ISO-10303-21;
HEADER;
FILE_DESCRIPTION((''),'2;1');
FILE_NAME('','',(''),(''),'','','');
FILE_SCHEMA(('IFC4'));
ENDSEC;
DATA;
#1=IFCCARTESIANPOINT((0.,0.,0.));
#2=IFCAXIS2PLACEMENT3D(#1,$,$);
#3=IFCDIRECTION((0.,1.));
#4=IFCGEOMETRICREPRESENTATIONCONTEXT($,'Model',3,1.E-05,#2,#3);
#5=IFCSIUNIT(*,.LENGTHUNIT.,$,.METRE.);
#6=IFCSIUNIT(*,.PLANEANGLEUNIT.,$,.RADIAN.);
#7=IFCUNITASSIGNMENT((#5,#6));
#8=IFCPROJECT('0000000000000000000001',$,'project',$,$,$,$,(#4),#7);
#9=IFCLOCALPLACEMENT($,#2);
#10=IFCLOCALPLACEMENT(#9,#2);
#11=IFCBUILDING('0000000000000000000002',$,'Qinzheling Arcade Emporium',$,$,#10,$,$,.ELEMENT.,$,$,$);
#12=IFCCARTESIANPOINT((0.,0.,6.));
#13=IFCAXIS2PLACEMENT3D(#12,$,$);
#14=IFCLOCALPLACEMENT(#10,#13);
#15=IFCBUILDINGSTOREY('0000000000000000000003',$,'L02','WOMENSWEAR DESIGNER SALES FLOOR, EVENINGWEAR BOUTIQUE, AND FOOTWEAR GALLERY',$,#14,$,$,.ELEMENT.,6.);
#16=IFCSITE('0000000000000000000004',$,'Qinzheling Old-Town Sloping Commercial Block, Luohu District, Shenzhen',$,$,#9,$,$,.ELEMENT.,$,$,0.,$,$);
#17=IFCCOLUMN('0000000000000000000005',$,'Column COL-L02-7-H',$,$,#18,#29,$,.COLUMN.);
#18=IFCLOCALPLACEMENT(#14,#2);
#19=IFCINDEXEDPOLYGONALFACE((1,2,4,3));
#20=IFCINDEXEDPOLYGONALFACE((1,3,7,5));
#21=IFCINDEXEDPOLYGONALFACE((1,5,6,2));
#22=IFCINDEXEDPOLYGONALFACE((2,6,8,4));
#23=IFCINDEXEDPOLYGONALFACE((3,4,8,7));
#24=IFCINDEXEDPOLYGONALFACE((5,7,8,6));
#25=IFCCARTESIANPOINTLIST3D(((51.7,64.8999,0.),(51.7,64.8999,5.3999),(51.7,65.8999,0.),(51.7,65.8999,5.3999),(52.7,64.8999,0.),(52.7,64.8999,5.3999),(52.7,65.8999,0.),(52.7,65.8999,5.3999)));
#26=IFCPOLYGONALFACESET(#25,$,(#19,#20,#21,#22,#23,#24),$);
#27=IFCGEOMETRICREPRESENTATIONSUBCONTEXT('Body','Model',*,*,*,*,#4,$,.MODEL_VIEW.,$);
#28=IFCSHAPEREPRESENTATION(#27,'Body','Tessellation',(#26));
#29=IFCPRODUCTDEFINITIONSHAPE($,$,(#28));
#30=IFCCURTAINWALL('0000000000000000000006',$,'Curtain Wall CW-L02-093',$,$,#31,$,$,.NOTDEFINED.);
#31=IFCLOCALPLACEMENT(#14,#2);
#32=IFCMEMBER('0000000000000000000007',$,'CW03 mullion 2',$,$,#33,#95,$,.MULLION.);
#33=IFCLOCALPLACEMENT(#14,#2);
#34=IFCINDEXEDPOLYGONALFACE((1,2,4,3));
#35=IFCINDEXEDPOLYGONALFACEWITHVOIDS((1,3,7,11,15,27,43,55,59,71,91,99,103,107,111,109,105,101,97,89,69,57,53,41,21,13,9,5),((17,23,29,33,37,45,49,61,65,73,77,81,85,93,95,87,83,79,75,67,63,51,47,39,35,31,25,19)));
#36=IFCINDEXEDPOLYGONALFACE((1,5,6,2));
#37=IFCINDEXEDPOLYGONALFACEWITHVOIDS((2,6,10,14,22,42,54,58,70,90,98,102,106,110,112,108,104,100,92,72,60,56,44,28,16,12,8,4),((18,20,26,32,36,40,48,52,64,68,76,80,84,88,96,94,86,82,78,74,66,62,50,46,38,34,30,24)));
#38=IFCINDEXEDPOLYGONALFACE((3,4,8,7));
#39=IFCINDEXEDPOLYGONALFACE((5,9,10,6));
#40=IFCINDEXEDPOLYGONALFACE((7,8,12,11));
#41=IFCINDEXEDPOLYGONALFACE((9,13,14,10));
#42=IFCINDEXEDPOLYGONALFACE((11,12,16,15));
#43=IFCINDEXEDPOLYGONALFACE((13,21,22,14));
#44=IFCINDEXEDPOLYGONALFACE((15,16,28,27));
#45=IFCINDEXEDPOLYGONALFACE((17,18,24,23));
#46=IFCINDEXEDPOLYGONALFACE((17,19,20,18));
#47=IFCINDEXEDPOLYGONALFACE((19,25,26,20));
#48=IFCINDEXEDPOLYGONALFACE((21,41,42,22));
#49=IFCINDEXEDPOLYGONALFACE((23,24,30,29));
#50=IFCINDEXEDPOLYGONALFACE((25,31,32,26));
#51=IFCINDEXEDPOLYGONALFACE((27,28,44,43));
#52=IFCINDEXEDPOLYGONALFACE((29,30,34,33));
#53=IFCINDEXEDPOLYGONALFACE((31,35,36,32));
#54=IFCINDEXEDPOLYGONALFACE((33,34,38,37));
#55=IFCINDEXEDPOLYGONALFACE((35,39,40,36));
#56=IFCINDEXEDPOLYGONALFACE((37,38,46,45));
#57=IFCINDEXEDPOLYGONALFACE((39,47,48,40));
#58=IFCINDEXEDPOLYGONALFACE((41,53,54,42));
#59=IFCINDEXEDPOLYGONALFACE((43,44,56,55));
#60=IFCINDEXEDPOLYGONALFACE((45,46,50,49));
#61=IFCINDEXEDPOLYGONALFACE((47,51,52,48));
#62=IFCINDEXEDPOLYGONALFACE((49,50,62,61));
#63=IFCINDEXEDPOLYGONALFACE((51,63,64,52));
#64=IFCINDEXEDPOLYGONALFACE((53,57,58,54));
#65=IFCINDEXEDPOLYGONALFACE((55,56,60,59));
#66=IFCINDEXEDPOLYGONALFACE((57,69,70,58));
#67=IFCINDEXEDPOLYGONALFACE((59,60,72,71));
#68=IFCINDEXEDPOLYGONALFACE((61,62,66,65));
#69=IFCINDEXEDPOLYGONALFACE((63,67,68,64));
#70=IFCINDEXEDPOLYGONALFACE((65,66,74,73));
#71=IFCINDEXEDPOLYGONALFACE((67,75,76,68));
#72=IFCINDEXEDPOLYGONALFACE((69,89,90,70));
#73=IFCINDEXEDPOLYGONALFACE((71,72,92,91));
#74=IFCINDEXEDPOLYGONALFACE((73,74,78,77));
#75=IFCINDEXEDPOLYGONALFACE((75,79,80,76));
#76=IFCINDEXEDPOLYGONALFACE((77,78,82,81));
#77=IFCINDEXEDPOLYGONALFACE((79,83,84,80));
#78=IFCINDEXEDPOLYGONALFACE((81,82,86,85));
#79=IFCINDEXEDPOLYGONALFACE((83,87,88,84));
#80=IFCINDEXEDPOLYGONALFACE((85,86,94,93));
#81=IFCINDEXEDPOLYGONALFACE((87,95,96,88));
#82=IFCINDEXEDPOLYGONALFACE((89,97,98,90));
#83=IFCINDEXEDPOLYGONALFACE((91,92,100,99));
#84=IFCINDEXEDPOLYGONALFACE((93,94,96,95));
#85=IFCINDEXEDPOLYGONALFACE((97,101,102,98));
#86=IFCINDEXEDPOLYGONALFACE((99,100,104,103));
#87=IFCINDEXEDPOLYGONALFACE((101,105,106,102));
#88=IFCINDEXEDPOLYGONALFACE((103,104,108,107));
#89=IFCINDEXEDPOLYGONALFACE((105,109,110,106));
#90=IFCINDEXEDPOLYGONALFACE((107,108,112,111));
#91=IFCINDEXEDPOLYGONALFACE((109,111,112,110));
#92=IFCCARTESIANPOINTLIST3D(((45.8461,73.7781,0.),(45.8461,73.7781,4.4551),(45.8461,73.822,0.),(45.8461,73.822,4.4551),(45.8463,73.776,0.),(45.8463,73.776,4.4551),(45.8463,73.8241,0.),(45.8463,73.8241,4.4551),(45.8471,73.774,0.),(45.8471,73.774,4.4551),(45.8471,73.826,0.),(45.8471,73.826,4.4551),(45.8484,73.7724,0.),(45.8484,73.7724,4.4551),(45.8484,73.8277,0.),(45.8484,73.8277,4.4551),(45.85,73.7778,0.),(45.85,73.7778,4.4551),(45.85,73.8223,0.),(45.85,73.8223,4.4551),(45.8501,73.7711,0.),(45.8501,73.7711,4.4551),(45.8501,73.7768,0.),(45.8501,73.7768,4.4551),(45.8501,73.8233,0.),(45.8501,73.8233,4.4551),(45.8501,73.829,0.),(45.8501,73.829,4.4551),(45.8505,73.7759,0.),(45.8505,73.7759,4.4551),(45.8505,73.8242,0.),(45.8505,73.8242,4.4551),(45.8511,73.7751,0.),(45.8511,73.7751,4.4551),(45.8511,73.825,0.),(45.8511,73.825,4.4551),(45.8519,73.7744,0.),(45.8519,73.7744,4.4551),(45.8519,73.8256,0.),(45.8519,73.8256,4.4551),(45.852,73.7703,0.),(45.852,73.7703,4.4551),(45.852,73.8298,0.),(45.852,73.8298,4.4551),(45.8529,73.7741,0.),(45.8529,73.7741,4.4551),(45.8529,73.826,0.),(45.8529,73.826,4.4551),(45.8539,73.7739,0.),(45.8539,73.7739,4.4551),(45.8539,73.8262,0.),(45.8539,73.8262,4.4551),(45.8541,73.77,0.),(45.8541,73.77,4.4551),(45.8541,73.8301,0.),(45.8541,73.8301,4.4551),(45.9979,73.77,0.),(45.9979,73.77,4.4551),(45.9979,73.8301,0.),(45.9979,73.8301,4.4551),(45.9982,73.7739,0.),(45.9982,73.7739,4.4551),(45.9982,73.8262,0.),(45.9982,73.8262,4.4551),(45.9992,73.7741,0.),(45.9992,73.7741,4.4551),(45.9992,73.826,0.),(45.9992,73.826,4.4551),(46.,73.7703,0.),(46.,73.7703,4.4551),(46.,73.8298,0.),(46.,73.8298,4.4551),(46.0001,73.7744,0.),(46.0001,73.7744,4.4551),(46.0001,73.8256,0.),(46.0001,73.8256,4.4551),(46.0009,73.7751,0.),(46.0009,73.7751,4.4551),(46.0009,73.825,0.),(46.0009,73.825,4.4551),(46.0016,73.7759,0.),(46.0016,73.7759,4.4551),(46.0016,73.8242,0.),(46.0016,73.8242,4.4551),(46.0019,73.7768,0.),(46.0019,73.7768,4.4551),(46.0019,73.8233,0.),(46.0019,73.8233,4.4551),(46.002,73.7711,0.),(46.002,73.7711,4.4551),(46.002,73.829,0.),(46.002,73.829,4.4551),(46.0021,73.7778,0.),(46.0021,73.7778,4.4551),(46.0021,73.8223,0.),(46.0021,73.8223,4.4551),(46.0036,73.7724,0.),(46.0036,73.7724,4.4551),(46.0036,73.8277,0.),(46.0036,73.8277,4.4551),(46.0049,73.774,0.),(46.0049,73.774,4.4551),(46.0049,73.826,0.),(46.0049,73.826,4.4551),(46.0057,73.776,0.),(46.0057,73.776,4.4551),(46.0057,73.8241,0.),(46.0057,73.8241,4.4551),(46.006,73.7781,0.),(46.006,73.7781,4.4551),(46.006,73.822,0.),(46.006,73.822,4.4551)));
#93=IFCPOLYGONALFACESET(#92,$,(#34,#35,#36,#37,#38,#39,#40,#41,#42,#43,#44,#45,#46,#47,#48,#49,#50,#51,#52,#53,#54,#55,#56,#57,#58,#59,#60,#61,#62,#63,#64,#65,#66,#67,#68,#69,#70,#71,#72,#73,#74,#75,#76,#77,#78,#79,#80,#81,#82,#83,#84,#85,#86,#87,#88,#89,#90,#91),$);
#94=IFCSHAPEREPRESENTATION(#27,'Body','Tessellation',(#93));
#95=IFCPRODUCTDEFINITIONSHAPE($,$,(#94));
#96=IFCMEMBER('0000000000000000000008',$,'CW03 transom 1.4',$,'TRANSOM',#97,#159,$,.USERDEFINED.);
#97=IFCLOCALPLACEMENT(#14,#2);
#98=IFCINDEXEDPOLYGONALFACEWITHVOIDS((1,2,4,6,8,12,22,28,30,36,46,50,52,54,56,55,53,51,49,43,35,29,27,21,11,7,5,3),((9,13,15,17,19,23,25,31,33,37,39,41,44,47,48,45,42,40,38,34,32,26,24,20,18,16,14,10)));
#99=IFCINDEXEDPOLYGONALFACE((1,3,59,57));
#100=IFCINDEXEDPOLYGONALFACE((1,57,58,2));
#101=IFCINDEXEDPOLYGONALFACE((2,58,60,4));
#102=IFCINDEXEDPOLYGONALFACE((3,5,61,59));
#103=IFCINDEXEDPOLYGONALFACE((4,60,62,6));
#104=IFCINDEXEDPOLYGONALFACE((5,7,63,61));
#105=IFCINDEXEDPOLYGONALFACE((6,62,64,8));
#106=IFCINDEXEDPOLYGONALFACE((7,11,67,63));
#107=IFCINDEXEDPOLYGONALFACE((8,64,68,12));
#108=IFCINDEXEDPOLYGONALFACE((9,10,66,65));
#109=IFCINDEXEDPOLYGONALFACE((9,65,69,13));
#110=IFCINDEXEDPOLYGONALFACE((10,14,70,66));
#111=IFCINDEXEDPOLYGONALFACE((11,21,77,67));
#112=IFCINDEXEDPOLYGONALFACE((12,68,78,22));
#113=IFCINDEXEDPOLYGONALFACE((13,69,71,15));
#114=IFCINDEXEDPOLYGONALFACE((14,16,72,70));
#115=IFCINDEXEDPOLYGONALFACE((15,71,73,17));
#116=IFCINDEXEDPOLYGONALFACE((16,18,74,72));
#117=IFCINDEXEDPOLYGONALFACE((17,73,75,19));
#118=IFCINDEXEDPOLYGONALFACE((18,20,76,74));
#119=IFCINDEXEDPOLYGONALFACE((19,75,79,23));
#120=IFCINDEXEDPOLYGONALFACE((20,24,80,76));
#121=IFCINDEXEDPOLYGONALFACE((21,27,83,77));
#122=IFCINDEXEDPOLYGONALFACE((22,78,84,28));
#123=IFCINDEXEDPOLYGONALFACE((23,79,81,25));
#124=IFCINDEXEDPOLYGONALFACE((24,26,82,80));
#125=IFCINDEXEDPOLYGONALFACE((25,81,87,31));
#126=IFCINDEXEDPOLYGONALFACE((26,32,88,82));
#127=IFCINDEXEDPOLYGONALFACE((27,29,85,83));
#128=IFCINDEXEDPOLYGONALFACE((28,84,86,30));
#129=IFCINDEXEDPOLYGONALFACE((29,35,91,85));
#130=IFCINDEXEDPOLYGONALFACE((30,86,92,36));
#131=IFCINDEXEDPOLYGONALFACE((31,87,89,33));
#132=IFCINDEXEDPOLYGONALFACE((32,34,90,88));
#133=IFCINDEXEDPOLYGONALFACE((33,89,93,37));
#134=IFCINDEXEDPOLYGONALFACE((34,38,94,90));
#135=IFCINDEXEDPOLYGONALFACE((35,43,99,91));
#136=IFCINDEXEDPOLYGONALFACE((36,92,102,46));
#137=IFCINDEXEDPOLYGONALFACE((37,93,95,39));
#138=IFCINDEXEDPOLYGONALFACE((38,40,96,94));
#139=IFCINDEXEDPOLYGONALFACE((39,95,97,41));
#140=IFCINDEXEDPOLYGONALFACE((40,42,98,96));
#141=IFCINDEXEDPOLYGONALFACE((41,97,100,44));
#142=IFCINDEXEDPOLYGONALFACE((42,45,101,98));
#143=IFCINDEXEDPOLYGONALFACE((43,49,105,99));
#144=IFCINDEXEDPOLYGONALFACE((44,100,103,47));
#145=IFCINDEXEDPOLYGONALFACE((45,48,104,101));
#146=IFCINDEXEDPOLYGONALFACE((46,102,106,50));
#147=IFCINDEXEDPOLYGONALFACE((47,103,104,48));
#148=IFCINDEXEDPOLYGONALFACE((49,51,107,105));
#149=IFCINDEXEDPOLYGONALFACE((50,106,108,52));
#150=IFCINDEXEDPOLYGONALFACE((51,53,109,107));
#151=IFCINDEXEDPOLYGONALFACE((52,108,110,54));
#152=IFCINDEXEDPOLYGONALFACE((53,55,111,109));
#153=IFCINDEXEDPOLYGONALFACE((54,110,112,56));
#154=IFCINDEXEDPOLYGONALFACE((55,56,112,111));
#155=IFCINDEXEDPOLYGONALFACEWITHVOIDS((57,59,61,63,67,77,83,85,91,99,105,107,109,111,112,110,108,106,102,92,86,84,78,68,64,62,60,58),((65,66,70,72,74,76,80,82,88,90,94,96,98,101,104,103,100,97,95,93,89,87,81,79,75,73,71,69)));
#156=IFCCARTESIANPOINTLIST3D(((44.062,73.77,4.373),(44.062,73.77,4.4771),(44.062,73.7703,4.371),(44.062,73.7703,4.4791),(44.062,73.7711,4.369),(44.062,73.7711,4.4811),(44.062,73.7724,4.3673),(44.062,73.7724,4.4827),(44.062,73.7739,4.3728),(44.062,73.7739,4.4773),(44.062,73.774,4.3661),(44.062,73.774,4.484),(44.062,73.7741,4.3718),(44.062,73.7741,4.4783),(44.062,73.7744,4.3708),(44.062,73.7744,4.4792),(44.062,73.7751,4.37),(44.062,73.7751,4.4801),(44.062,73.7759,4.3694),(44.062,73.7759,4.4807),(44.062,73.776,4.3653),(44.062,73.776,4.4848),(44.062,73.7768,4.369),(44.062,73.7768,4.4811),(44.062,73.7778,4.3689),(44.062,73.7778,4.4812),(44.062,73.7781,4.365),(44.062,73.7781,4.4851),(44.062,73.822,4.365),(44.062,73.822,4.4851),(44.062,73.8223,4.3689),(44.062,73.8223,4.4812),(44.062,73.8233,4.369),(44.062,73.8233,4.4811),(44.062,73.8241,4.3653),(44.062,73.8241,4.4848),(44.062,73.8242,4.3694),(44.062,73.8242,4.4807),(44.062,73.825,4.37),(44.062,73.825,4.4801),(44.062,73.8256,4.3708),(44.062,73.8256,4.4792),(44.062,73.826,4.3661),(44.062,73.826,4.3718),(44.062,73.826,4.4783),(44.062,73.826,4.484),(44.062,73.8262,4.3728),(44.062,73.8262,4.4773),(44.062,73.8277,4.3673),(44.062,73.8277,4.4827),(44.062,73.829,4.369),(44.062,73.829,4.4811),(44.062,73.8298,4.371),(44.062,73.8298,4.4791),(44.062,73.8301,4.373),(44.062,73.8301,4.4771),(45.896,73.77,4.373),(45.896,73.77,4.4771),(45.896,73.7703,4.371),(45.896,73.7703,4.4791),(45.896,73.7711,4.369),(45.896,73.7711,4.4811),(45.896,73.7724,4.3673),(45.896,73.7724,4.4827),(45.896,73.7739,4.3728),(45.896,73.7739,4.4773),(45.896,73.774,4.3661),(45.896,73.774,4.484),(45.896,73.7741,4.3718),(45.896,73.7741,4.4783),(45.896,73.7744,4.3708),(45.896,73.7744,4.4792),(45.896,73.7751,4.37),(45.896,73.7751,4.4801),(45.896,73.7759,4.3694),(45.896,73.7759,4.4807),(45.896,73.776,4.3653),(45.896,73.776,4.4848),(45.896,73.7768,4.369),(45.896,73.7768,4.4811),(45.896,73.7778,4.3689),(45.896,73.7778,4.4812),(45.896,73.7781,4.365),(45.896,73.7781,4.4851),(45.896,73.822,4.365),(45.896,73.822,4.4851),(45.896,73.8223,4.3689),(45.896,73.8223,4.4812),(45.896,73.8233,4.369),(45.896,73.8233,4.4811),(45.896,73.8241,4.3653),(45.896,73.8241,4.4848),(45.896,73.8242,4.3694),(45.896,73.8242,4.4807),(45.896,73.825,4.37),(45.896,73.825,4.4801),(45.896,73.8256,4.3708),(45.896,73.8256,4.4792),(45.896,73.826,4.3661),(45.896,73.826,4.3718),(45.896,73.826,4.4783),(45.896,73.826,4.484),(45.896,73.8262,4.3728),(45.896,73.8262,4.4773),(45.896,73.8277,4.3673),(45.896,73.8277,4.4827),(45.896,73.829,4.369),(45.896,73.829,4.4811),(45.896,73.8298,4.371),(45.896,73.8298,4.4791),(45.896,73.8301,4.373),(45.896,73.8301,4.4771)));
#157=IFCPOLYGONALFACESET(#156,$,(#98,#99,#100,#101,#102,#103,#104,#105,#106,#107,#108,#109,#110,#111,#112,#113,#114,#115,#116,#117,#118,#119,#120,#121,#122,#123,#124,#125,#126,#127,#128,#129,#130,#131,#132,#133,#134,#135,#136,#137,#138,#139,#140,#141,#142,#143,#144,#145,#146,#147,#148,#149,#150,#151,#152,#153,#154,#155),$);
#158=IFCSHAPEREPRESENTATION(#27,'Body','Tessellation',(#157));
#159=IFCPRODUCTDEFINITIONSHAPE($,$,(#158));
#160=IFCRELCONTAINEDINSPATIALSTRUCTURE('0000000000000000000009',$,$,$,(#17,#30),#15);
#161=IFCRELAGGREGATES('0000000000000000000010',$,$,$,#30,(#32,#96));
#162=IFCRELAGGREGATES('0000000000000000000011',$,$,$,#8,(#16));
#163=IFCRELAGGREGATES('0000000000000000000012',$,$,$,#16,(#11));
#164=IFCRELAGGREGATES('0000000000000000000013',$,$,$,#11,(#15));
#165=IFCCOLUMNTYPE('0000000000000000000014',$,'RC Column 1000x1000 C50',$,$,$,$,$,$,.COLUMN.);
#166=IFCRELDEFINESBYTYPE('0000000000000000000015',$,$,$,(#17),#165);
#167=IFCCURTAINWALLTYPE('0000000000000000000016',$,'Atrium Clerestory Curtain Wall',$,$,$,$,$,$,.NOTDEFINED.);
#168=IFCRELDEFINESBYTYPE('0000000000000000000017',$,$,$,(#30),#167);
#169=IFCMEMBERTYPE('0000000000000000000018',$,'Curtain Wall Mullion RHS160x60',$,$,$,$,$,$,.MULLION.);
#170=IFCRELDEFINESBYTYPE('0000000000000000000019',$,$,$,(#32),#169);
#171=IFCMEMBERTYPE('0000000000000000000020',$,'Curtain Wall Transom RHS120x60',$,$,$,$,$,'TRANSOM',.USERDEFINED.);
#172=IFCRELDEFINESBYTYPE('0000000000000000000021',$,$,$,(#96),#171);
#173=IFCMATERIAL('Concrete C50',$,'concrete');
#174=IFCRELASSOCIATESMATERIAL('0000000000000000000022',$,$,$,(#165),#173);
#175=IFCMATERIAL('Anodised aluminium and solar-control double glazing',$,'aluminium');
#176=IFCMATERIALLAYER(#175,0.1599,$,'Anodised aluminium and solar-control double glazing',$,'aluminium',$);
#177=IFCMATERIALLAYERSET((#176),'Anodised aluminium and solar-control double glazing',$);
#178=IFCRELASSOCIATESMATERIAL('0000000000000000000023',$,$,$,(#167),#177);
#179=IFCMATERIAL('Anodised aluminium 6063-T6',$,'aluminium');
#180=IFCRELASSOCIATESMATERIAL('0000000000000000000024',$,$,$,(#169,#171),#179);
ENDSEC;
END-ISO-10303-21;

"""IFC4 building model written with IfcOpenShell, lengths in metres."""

from ifc_helpers import new_model, si_unit, direction, frame, origin, origin_2d, place, context, subcontext, project, spatial, rectangle, hollow_rectangle, extrude, material, layer, layer_set, material_profile, profile_set, type_object, element, aggregate, save


model = new_model("IFC4")

# Units and contexts
model_context = context("Model", 3, precision=1e-05, world=origin(), true_north=direction((0.0, 1.0)))
body_context = subcontext(model_context, "Body", "Model", "MODEL_VIEW")
ifc_project = project(units=[si_unit("LENGTHUNIT", "METRE"), si_unit("PLANEANGLEUNIT", "RADIAN")], contexts=[model_context])

# Site, building, storey
site_placement = place(None, origin())
site = spatial("IfcSite", under=ifc_project, at=site_placement, Name="Qinzheling Old-Town Sloping Commercial Block, Luohu District, Shenzhen", CompositionType="ELEMENT", RefElevation=0.0)
building_placement = place(site_placement, origin())
building = spatial("IfcBuilding", under=site, at=building_placement, Name="Qinzheling Arcade Emporium", CompositionType="ELEMENT")
storey_placement = place(building_placement, frame((0.0, 0.0, 6.0)))
storey = spatial("IfcBuildingStorey", under=building, at=storey_placement, Name="L02", Description="WOMENSWEAR DESIGNER SALES FLOOR, EVENINGWEAR BOUTIQUE, AND FOOTWEAR GALLERY", CompositionType="ELEMENT", Elevation=6.0)

# Column
ifc_material_1 = material(Name="Concrete C50", Category="concrete")
ifc_material_profile_1 = material_profile(ifc_material_1, rectangle(XDim=1.0, YDim=1.0, at=origin_2d()), Name="RC 1000x1000", Category="concrete")
ifc_profile_set_1 = profile_set([ifc_material_profile_1], Name="Concrete C50")
column_type = type_object("IfcColumnType", Name="RC Column 1000x1000 C50", PredefinedType="COLUMN", material=ifc_profile_set_1)
column_placement = place(storey_placement, frame((52.2, 65.3999, 0.0), z_axis=(0.0, 0.0, 1.0), x_axis=(1.0, 0.0, 0.0)))
element("IfcColumn", 1, at=column_placement, inside=storey, type_object=column_type, Name="Column COL-L02-7-H", PredefinedType="COLUMN", context=body_context, shape_type="SweptSolid", body=[
    extrude(rectangle(XDim=1.0, YDim=1.0, at=origin_2d()), origin(), (0.0, 0.0, 1.0), 5.3999),
])

# Curtain wall, members
ifc_material_2 = material(Name="Anodised aluminium and solar-control double glazing", Category="aluminium")
ifc_layer_1 = layer(ifc_material_2, 0.1599, Name="Anodised aluminium and solar-control double glazing", Category="aluminium")
ifc_layer_set_1 = layer_set([ifc_layer_1], Name="Anodised aluminium and solar-control double glazing")
curtain_wall_type = type_object("IfcCurtainWallType", Name="Atrium Clerestory Curtain Wall", PredefinedType="NOTDEFINED", material=ifc_layer_set_1)
curtain_wall_placement = place(storey_placement, origin())
curtain_wall = element("IfcCurtainWall", 2, at=curtain_wall_placement, inside=storey, type_object=curtain_wall_type, Name="Curtain Wall CW-L02-093", PredefinedType="NOTDEFINED")
ifc_material_3 = material(Name="Anodised aluminium 6063-T6", Category="aluminium")
ifc_material_profile_2 = material_profile(ifc_material_3, hollow_rectangle(XDim=0.0601, YDim=0.1599, WallThickness=0.0039, InnerFilletRadius=0.0039, OuterFilletRadius=0.0081, at=origin_2d()), Name="RHS 160x60x4", Category="aluminium")
ifc_profile_set_2 = profile_set([ifc_material_profile_2], Name="Anodised aluminium 6063-T6")
member_type_1 = type_object("IfcMemberType", Name="Curtain Wall Mullion RHS160x60", PredefinedType="MULLION", material=ifc_profile_set_2)
member_1_placement = place(storey_placement, frame((45.926, 73.8, 0.0), z_axis=(0.0, 0.0, 1.0), x_axis=(0.0, 1.0, 0.0)))
member_1 = element("IfcMember", 3, at=member_1_placement, type_object=member_type_1, Name="CW03 mullion 2", PredefinedType="MULLION", context=body_context, shape_type="SweptSolid", body=[
    extrude(hollow_rectangle(XDim=0.0601, YDim=0.1599, WallThickness=0.0039, InnerFilletRadius=0.0039, OuterFilletRadius=0.0081, at=origin_2d()), origin(), (0.0, 0.0, 1.0), 4.4551),
])
ifc_material_profile_3 = material_profile(ifc_material_3, hollow_rectangle(XDim=0.0601, YDim=0.1201, WallThickness=0.0039, InnerFilletRadius=0.0039, OuterFilletRadius=0.0081, at=origin_2d()), Name="RHS 120x60x4", Category="aluminium")
ifc_profile_set_3 = profile_set([ifc_material_profile_3], Name="Anodised aluminium 6063-T6")
member_type_2 = type_object("IfcMemberType", Name="Curtain Wall Transom RHS120x60", ElementType="TRANSOM", PredefinedType="USERDEFINED", material=ifc_profile_set_3)
member_2_placement = place(storey_placement, frame((44.062, 73.8, 4.425), z_axis=(1.0, 0.0, 0.0), x_axis=(0.0, 1.0, 0.0)))
member_2 = element("IfcMember", 4, at=member_2_placement, type_object=member_type_2, Name="CW03 transom 1.4", ObjectType="TRANSOM", PredefinedType="USERDEFINED", context=body_context, shape_type="SweptSolid", body=[
    extrude(hollow_rectangle(XDim=0.0601, YDim=0.1201, WallThickness=0.0039, InnerFilletRadius=0.0039, OuterFilletRadius=0.0081, at=origin_2d()), origin(), (0.0, 0.0, 1.0), 1.834),
])

aggregate(curtain_wall, [member_1, member_2])

save(model, "model.ifc")
